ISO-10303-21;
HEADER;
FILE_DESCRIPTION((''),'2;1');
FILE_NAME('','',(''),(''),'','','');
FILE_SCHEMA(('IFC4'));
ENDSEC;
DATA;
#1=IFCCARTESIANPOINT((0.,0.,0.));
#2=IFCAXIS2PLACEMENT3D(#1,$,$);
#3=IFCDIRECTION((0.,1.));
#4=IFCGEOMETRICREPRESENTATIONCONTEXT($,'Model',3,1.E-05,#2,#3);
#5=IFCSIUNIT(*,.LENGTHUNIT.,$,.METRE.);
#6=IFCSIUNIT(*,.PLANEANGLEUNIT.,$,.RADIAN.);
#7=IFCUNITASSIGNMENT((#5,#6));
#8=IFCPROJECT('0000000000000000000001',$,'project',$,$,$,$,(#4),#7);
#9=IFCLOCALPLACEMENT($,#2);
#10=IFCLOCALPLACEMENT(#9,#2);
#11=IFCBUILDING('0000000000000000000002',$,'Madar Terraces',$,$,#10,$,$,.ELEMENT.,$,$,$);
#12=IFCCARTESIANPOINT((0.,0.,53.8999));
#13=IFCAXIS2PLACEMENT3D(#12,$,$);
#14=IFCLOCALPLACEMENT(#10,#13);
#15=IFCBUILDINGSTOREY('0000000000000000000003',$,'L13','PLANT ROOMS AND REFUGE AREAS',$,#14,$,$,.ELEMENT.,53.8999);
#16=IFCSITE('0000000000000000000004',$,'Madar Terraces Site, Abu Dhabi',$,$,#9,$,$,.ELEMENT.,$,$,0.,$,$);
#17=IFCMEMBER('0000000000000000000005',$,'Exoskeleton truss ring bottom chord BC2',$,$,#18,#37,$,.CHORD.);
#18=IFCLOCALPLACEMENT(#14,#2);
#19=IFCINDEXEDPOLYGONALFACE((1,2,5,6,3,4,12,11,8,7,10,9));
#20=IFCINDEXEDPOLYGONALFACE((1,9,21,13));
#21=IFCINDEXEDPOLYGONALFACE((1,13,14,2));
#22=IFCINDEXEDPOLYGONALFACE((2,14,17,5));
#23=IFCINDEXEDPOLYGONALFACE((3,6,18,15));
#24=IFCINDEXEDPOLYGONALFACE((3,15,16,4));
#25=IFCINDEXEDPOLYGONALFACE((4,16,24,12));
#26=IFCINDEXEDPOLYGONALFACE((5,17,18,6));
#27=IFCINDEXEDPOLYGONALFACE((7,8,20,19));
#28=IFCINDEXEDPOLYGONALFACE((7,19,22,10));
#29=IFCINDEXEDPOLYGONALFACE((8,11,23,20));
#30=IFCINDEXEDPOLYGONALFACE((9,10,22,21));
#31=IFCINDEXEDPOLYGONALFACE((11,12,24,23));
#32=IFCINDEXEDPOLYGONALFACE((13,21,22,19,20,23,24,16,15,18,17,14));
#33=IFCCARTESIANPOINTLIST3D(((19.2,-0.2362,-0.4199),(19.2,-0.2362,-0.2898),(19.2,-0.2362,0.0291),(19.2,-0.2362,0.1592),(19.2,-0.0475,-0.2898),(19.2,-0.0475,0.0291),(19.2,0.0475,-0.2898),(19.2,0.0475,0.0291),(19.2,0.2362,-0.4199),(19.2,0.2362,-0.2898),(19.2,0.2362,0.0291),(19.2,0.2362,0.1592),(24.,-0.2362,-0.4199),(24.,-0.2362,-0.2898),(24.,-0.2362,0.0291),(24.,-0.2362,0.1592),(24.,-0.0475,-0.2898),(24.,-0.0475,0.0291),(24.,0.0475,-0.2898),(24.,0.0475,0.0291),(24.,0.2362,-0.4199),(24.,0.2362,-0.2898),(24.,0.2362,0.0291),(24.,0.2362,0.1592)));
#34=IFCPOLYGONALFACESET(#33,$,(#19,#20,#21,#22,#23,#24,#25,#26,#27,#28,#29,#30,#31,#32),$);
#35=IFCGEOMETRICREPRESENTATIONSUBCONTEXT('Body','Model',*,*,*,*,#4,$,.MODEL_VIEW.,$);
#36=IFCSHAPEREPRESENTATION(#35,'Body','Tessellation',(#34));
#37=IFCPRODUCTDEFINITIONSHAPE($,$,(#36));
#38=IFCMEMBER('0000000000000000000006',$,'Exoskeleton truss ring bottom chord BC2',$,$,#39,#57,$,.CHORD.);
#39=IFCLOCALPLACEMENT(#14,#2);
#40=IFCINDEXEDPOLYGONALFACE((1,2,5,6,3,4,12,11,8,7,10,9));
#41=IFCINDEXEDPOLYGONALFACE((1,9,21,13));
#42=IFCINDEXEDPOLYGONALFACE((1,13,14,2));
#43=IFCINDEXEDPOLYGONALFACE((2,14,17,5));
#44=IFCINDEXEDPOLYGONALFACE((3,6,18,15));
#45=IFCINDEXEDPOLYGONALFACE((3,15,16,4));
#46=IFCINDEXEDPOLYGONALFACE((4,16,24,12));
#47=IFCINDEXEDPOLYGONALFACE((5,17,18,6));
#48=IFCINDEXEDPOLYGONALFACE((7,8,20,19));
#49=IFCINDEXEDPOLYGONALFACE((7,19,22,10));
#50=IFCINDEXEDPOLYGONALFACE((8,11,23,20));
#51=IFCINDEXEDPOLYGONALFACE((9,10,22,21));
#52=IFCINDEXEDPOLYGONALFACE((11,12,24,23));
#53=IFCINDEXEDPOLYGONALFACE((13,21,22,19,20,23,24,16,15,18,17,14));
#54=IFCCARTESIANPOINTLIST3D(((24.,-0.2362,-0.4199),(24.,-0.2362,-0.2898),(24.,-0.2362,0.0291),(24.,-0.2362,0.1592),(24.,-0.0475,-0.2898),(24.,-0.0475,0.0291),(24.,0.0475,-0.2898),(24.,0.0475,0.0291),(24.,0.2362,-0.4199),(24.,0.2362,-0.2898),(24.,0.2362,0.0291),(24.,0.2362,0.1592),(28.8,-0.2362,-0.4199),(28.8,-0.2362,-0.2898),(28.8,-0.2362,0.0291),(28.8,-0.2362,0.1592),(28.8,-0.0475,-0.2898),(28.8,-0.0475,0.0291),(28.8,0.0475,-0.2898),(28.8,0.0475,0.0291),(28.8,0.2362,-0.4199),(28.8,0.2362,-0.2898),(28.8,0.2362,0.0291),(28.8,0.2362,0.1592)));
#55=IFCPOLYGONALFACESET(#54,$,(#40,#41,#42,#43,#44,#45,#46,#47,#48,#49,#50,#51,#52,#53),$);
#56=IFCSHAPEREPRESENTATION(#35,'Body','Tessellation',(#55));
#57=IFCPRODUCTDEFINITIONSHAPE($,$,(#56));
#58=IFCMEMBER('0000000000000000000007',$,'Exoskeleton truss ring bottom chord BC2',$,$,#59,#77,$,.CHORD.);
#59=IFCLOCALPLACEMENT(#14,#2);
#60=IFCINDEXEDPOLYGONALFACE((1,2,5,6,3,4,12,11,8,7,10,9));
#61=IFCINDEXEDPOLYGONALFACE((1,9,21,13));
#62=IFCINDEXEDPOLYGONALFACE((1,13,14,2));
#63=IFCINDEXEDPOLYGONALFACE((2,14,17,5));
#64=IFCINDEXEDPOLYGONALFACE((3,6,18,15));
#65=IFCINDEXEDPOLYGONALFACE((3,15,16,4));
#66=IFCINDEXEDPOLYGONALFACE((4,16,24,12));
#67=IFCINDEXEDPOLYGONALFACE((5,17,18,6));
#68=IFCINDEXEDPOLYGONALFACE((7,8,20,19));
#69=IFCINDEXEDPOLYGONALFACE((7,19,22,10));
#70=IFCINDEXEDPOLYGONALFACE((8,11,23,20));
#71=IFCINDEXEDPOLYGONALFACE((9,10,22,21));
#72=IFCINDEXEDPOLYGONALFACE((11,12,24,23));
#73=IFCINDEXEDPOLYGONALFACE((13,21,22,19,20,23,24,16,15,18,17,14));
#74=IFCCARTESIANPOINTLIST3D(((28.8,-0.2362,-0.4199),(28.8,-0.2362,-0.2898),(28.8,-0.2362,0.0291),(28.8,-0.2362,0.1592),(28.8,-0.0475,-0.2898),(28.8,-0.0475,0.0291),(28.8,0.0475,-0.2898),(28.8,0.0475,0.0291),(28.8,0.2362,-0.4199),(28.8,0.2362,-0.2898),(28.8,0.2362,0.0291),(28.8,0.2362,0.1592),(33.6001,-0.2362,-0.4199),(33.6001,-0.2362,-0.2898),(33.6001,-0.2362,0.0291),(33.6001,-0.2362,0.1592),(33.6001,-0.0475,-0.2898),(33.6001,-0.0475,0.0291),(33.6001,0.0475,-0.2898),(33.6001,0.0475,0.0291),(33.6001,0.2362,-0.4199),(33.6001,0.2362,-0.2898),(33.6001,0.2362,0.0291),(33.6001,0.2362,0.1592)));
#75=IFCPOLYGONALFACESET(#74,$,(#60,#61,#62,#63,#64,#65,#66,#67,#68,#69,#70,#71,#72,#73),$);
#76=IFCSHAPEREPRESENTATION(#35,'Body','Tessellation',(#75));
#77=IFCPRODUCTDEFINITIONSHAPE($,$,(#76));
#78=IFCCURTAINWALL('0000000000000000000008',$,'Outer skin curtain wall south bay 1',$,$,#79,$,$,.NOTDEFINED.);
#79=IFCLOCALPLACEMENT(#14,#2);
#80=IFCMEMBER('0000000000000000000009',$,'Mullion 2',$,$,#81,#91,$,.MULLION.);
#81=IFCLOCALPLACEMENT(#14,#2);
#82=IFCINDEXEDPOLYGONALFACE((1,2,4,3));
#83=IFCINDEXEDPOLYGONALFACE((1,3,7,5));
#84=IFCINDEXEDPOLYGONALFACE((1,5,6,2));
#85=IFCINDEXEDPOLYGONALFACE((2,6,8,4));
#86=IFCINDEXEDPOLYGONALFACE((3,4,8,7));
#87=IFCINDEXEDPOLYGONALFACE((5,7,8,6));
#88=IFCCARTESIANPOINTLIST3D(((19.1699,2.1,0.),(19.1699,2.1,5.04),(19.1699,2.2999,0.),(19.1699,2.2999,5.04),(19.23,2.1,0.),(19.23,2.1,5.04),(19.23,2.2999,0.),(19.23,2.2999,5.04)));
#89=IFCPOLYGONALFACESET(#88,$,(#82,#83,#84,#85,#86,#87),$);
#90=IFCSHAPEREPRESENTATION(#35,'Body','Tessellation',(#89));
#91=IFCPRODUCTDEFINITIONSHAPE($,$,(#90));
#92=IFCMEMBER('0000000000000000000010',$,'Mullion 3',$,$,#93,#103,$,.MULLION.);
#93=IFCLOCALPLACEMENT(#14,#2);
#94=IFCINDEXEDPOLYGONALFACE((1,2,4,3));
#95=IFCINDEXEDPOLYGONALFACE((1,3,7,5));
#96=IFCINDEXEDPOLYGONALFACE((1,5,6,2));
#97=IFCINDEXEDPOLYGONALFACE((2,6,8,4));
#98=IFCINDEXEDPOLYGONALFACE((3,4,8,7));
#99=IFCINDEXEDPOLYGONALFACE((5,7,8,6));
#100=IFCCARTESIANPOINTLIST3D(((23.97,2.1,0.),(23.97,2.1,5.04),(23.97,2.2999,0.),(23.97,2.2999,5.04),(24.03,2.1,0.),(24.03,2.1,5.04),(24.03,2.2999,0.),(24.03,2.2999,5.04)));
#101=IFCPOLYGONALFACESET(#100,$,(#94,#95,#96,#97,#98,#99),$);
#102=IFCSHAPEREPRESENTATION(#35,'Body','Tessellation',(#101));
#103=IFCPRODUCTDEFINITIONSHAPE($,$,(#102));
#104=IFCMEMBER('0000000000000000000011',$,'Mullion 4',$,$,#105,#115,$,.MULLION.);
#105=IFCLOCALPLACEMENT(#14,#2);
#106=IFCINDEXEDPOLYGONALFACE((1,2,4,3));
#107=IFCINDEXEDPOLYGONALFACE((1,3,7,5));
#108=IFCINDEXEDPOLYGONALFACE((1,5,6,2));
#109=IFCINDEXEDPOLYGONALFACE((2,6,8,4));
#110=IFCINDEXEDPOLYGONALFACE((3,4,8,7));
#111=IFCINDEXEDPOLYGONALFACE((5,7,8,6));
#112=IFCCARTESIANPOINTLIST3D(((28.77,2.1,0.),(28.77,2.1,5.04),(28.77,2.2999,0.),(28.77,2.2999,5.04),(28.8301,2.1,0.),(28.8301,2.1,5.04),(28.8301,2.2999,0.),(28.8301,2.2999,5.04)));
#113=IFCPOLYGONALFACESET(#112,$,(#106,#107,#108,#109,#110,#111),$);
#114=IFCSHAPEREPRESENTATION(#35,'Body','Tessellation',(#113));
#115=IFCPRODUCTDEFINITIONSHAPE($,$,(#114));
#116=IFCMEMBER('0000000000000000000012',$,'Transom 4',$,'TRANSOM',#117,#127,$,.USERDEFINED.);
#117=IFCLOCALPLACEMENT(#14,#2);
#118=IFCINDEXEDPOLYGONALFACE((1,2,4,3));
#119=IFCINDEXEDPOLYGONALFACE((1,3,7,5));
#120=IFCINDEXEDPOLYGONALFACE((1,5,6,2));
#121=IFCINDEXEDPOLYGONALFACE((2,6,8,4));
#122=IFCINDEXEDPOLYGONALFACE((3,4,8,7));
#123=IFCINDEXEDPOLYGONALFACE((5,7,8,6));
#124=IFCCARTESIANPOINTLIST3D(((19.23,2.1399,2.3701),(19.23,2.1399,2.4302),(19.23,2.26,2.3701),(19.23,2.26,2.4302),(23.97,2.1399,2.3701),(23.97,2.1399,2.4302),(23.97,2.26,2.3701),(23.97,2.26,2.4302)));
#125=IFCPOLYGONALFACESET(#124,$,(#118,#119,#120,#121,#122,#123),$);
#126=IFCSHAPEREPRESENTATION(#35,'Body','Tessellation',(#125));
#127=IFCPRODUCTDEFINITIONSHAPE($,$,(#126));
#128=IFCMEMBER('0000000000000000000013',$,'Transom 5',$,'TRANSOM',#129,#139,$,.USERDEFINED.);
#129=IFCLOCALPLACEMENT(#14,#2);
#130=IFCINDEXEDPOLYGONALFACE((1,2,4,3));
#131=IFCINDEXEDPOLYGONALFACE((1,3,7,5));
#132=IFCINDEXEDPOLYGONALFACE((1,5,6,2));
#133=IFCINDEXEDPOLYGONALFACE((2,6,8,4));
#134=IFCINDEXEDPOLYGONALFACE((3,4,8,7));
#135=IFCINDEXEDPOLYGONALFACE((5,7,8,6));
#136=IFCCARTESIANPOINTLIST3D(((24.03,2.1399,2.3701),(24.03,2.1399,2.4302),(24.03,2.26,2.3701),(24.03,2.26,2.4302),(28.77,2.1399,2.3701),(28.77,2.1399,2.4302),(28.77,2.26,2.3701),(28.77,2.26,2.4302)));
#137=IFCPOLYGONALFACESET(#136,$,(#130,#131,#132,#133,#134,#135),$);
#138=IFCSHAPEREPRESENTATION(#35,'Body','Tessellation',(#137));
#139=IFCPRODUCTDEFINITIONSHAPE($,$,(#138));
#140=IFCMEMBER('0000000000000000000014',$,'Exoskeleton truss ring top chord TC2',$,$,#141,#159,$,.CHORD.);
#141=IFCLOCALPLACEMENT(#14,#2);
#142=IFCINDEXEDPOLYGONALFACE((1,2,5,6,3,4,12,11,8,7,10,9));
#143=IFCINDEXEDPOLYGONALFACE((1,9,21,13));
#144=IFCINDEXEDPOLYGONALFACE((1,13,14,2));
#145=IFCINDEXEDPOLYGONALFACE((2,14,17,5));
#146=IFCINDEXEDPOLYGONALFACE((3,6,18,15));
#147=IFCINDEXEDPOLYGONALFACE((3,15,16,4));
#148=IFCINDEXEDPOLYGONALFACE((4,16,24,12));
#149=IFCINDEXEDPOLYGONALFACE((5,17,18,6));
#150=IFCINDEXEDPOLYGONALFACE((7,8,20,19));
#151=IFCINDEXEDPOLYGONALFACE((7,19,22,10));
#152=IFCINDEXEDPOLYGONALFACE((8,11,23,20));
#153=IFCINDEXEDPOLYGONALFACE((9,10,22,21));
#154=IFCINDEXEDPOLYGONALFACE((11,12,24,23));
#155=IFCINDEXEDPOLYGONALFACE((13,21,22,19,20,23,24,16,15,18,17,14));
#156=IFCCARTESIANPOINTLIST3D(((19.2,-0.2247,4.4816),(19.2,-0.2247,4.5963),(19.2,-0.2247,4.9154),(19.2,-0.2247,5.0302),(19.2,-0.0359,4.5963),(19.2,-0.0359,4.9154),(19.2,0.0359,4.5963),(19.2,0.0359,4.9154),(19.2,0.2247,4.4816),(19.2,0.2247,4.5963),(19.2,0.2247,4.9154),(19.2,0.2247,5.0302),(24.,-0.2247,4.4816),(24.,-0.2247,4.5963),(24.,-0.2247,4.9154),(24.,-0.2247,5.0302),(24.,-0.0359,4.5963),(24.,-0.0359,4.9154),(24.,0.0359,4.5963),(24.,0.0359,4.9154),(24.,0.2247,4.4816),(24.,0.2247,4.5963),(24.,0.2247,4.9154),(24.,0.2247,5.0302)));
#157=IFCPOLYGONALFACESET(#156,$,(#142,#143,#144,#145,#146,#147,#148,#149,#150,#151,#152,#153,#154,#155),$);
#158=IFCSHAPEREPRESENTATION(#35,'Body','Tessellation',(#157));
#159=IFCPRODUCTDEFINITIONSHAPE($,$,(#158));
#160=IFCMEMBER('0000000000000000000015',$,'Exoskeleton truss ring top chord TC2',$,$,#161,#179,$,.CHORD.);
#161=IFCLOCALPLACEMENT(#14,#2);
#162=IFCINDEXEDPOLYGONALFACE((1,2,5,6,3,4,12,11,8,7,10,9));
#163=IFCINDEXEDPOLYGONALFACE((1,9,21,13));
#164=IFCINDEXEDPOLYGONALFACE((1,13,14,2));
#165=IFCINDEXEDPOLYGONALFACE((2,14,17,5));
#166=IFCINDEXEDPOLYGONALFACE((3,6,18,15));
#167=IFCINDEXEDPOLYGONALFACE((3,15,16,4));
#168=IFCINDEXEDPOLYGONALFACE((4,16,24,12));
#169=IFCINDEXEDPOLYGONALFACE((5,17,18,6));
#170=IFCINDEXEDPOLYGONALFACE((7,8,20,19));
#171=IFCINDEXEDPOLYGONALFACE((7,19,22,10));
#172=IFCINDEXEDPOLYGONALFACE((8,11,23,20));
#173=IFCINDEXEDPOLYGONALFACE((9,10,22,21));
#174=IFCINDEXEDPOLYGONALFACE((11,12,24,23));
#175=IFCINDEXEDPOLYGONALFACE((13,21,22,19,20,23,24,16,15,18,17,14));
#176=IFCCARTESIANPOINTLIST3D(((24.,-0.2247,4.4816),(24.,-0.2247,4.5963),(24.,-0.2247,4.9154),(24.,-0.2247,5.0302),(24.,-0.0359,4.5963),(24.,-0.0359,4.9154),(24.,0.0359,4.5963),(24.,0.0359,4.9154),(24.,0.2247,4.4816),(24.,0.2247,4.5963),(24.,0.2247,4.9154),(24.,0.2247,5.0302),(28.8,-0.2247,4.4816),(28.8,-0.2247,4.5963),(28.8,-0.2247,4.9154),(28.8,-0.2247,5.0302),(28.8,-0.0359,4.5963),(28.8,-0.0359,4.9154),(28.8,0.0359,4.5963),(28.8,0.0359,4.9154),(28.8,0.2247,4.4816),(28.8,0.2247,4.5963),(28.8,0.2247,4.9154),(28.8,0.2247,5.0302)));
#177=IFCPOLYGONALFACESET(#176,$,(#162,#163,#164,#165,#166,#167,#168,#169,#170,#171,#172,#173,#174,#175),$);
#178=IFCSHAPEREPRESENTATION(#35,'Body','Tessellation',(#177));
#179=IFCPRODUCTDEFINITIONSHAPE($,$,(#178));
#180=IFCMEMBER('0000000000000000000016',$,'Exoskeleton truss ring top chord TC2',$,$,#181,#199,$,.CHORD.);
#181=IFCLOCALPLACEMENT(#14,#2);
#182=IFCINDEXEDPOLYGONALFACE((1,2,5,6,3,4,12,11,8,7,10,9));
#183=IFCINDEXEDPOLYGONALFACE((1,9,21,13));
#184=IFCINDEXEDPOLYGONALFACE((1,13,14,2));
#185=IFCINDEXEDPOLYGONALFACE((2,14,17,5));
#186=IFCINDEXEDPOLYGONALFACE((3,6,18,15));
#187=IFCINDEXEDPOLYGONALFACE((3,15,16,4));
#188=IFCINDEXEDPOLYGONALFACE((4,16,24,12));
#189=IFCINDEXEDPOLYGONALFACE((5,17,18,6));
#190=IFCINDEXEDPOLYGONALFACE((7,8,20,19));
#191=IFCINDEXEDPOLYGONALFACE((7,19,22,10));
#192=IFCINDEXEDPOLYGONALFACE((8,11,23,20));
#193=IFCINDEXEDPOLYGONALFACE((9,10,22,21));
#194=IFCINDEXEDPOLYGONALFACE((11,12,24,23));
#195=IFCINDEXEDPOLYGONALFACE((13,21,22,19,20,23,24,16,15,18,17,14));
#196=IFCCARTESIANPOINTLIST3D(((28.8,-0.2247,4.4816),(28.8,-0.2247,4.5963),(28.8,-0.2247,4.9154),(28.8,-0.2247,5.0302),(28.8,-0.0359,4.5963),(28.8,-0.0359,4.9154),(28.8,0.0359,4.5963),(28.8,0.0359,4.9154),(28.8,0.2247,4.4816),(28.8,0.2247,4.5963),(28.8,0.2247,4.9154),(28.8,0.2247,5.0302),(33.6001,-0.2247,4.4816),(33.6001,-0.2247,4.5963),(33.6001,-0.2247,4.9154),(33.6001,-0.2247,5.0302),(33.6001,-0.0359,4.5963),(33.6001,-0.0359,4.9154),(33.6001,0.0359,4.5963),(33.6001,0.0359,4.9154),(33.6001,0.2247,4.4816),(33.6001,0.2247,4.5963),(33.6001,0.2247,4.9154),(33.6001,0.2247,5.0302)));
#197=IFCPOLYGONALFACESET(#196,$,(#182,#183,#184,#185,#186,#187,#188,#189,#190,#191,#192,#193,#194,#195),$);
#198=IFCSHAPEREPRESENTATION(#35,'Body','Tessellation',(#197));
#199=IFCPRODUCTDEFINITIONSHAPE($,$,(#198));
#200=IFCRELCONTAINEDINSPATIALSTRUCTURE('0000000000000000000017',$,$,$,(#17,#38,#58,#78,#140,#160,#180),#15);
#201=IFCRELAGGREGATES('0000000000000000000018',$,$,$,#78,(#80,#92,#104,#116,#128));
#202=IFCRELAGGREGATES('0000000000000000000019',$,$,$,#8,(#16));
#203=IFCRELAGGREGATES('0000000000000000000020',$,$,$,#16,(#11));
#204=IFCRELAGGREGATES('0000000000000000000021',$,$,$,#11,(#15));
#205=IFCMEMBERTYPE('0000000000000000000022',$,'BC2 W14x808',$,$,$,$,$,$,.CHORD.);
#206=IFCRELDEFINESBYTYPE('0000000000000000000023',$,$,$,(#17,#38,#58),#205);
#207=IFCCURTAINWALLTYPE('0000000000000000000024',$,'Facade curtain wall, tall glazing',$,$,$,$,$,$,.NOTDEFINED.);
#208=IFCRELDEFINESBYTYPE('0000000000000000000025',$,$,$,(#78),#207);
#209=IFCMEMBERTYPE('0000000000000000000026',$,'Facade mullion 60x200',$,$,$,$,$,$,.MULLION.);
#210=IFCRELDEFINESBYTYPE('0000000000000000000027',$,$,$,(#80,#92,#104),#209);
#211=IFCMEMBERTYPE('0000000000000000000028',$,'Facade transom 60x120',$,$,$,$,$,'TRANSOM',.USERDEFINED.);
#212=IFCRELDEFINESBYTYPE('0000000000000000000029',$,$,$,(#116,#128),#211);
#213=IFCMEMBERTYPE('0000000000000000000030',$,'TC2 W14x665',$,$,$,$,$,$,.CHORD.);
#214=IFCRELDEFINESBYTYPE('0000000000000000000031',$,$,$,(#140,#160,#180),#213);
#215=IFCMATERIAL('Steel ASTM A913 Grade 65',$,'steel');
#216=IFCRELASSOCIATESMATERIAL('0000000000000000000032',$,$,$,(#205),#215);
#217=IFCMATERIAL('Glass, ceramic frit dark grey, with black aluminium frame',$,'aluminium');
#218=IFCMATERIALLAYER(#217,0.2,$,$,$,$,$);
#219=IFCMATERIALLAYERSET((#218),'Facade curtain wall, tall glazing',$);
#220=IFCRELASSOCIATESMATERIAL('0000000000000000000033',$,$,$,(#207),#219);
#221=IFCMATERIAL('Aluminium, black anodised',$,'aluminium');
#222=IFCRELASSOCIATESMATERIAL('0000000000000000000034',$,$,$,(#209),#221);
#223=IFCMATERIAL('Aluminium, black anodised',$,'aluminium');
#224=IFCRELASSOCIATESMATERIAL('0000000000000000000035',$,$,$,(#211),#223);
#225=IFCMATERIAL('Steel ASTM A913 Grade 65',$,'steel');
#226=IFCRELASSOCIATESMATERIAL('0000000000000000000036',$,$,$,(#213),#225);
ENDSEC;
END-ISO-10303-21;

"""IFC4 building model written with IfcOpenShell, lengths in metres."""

from ifc_helpers import new_model, si_unit, direction, frame, origin, origin_2d, place, context, subcontext, project, spatial, rectangle, i_section, extrude, material, layer, layer_set, material_profile, profile_set, type_object, element, aggregate, save


model = new_model("IFC4")

# Units and contexts
model_context = context("Model", 3, precision=1e-05, world=origin(), true_north=direction((0.0, 1.0)))
body_context = subcontext(model_context, "Body", "Model", "MODEL_VIEW")
ifc_project = project(units=[si_unit("LENGTHUNIT", "METRE"), si_unit("PLANEANGLEUNIT", "RADIAN")], contexts=[model_context])

# Site, building, storey
site_placement = place(None, origin())
site = spatial("IfcSite", under=ifc_project, at=site_placement, Name="Madar Terraces Site, Abu Dhabi", CompositionType="ELEMENT", RefElevation=0.0)
building_placement = place(site_placement, origin())
building = spatial("IfcBuilding", under=site, at=building_placement, Name="Madar Terraces", CompositionType="ELEMENT")
storey_placement = place(building_placement, frame((0.0, 0.0, 53.8999)))
storey = spatial("IfcBuildingStorey", under=building, at=storey_placement, Name="L13", Description="PLANT ROOMS AND REFUGE AREAS", CompositionType="ELEMENT", Elevation=53.8999)

# Members
ifc_material_1 = material(Name="Steel ASTM A913 Grade 65", Category="steel")
ifc_material_profile_1 = material_profile(ifc_material_1, i_section(OverallWidth=0.4724, OverallDepth=0.5791, WebThickness=0.095, FlangeThickness=0.1301, at=origin_2d()), Name="W14x808")
ifc_profile_set_1 = profile_set([ifc_material_profile_1], Name="Steel ASTM A913 Grade 65")
member_type_1 = type_object("IfcMemberType", Name="BC2 W14x808", PredefinedType="CHORD", material=ifc_profile_set_1)
for number, where, z_axis, x_axis, name in (
    (1, (19.2, 0.0, -0.1304), (1.0, 0.0, 0.0), (0.0, 1.0, 0.0), "Exoskeleton truss ring bottom chord BC2"),
    (2, (24.0, 0.0, -0.1304), (1.0, 0.0, 0.0), (0.0, 1.0, 0.0), "Exoskeleton truss ring bottom chord BC2"),
    (3, (28.8, 0.0, -0.1304), (1.0, 0.0, 0.0), (0.0, 1.0, 0.0), "Exoskeleton truss ring bottom chord BC2"),
):
    element("IfcMember", number, at=place(storey_placement, frame(where, z_axis=z_axis, x_axis=x_axis)), inside=storey, type_object=member_type_1, Name=name, PredefinedType="CHORD", context=body_context, shape_type="SweptSolid", body=[
        extrude(i_section(OverallWidth=0.4724, OverallDepth=0.5791, WebThickness=0.095, FlangeThickness=0.1301, at=origin_2d()), origin(), (0.0, 0.0, 1.0), 4.8),
    ])

# Curtain wall, members
ifc_material_2 = material(Name="Glass, ceramic frit dark grey, with black aluminium frame", Category="aluminium")
ifc_layer_1 = layer(ifc_material_2, 0.2)
ifc_layer_set_1 = layer_set([ifc_layer_1], Name="Facade curtain wall, tall glazing")
curtain_wall_type = type_object("IfcCurtainWallType", Name="Facade curtain wall, tall glazing", PredefinedType="NOTDEFINED", material=ifc_layer_set_1)
curtain_wall_placement = place(storey_placement, origin())
curtain_wall = element("IfcCurtainWall", 4, at=curtain_wall_placement, inside=storey, type_object=curtain_wall_type, Name="Outer skin curtain wall south bay 1", PredefinedType="NOTDEFINED")
ifc_material_3 = material(Name="Aluminium, black anodised", Category="aluminium")
ifc_material_profile_2 = material_profile(ifc_material_3, rectangle(XDim=0.2, YDim=0.0601, at=origin_2d()), Name="Facade mullion 60x200")
ifc_profile_set_2 = profile_set([ifc_material_profile_2], Name="Aluminium, black anodised")
member_type_2 = type_object("IfcMemberType", Name="Facade mullion 60x200", PredefinedType="MULLION", material=ifc_profile_set_2)
member_1_placement = place(storey_placement, frame((19.2, 2.2, 0.0), z_axis=(0.0, 0.0, 1.0), x_axis=(0.0, 1.0, 0.0)))
member_1 = element("IfcMember", 5, at=member_1_placement, type_object=member_type_2, Name="Mullion 2", PredefinedType="MULLION", context=body_context, shape_type="SweptSolid", body=[
    extrude(rectangle(XDim=0.2, YDim=0.0601, at=origin_2d()), origin(), (0.0, 0.0, 1.0), 5.04),
])
member_2_placement = place(storey_placement, frame((24.0, 2.2, 0.0), z_axis=(0.0, 0.0, 1.0), x_axis=(0.0, 1.0, 0.0)))
member_2 = element("IfcMember", 6, at=member_2_placement, type_object=member_type_2, Name="Mullion 3", PredefinedType="MULLION", context=body_context, shape_type="SweptSolid", body=[
    extrude(rectangle(XDim=0.2, YDim=0.0601, at=origin_2d()), origin(), (0.0, 0.0, 1.0), 5.04),
])
member_3_placement = place(storey_placement, frame((28.8, 2.2, 0.0), z_axis=(0.0, 0.0, 1.0), x_axis=(0.0, 1.0, 0.0)))
member_3 = element("IfcMember", 7, at=member_3_placement, type_object=member_type_2, Name="Mullion 4", PredefinedType="MULLION", context=body_context, shape_type="SweptSolid", body=[
    extrude(rectangle(XDim=0.2, YDim=0.0601, at=origin_2d()), origin(), (0.0, 0.0, 1.0), 5.04),
])
ifc_material_4 = material(Name="Aluminium, black anodised", Category="aluminium")
ifc_material_profile_3 = material_profile(ifc_material_4, rectangle(XDim=0.1201, YDim=0.0601, at=origin_2d()), Name="Facade transom 60x120")
ifc_profile_set_3 = profile_set([ifc_material_profile_3], Name="Aluminium, black anodised")
member_type_3 = type_object("IfcMemberType", Name="Facade transom 60x120", ElementType="TRANSOM", PredefinedType="USERDEFINED", material=ifc_profile_set_3)
member_4_placement = place(storey_placement, frame((19.23, 2.2, 2.4001), z_axis=(1.0, 0.0, 0.0), x_axis=(0.0, 1.0, 0.0)))
member_4 = element("IfcMember", 8, at=member_4_placement, type_object=member_type_3, Name="Transom 4", ObjectType="TRANSOM", PredefinedType="USERDEFINED", context=body_context, shape_type="SweptSolid", body=[
    extrude(rectangle(XDim=0.1201, YDim=0.0601, at=origin_2d()), origin(), (0.0, 0.0, 1.0), 4.74),
])
member_5_placement = place(storey_placement, frame((24.03, 2.2, 2.4001), z_axis=(1.0, 0.0, 0.0), x_axis=(0.0, 1.0, 0.0)))
member_5 = element("IfcMember", 9, at=member_5_placement, type_object=member_type_3, Name="Transom 5", ObjectType="TRANSOM", PredefinedType="USERDEFINED", context=body_context, shape_type="SweptSolid", body=[
    extrude(rectangle(XDim=0.1201, YDim=0.0601, at=origin_2d()), origin(), (0.0, 0.0, 1.0), 4.74),
])

# Members
ifc_material_5 = material(Name="Steel ASTM A913 Grade 65", Category="steel")
ifc_material_profile_4 = material_profile(ifc_material_5, i_section(OverallWidth=0.4495, OverallDepth=0.5486, WebThickness=0.0718, FlangeThickness=0.1147, at=origin_2d()), Name="W14x665")
ifc_profile_set_4 = profile_set([ifc_material_profile_4], Name="Steel ASTM A913 Grade 65")
member_type_4 = type_object("IfcMemberType", Name="TC2 W14x665", PredefinedType="CHORD", material=ifc_profile_set_4)
for number, where, z_axis, x_axis, name in (
    (10, (19.2, 0.0, 4.7559), (1.0, 0.0, 0.0), (0.0, 1.0, 0.0), "Exoskeleton truss ring top chord TC2"),
    (11, (24.0, 0.0, 4.7559), (1.0, 0.0, 0.0), (0.0, 1.0, 0.0), "Exoskeleton truss ring top chord TC2"),
    (12, (28.8, 0.0, 4.7559), (1.0, 0.0, 0.0), (0.0, 1.0, 0.0), "Exoskeleton truss ring top chord TC2"),
):
    element("IfcMember", number, at=place(storey_placement, frame(where, z_axis=z_axis, x_axis=x_axis)), inside=storey, type_object=member_type_4, Name=name, PredefinedType="CHORD", context=body_context, shape_type="SweptSolid", body=[
        extrude(i_section(OverallWidth=0.4495, OverallDepth=0.5486, WebThickness=0.0718, FlangeThickness=0.1147, at=origin_2d()), origin(), (0.0, 0.0, 1.0), 4.8),
    ])

aggregate(curtain_wall, [member_1, member_2, member_3, member_4, member_5])

save(model, "model.ifc")
